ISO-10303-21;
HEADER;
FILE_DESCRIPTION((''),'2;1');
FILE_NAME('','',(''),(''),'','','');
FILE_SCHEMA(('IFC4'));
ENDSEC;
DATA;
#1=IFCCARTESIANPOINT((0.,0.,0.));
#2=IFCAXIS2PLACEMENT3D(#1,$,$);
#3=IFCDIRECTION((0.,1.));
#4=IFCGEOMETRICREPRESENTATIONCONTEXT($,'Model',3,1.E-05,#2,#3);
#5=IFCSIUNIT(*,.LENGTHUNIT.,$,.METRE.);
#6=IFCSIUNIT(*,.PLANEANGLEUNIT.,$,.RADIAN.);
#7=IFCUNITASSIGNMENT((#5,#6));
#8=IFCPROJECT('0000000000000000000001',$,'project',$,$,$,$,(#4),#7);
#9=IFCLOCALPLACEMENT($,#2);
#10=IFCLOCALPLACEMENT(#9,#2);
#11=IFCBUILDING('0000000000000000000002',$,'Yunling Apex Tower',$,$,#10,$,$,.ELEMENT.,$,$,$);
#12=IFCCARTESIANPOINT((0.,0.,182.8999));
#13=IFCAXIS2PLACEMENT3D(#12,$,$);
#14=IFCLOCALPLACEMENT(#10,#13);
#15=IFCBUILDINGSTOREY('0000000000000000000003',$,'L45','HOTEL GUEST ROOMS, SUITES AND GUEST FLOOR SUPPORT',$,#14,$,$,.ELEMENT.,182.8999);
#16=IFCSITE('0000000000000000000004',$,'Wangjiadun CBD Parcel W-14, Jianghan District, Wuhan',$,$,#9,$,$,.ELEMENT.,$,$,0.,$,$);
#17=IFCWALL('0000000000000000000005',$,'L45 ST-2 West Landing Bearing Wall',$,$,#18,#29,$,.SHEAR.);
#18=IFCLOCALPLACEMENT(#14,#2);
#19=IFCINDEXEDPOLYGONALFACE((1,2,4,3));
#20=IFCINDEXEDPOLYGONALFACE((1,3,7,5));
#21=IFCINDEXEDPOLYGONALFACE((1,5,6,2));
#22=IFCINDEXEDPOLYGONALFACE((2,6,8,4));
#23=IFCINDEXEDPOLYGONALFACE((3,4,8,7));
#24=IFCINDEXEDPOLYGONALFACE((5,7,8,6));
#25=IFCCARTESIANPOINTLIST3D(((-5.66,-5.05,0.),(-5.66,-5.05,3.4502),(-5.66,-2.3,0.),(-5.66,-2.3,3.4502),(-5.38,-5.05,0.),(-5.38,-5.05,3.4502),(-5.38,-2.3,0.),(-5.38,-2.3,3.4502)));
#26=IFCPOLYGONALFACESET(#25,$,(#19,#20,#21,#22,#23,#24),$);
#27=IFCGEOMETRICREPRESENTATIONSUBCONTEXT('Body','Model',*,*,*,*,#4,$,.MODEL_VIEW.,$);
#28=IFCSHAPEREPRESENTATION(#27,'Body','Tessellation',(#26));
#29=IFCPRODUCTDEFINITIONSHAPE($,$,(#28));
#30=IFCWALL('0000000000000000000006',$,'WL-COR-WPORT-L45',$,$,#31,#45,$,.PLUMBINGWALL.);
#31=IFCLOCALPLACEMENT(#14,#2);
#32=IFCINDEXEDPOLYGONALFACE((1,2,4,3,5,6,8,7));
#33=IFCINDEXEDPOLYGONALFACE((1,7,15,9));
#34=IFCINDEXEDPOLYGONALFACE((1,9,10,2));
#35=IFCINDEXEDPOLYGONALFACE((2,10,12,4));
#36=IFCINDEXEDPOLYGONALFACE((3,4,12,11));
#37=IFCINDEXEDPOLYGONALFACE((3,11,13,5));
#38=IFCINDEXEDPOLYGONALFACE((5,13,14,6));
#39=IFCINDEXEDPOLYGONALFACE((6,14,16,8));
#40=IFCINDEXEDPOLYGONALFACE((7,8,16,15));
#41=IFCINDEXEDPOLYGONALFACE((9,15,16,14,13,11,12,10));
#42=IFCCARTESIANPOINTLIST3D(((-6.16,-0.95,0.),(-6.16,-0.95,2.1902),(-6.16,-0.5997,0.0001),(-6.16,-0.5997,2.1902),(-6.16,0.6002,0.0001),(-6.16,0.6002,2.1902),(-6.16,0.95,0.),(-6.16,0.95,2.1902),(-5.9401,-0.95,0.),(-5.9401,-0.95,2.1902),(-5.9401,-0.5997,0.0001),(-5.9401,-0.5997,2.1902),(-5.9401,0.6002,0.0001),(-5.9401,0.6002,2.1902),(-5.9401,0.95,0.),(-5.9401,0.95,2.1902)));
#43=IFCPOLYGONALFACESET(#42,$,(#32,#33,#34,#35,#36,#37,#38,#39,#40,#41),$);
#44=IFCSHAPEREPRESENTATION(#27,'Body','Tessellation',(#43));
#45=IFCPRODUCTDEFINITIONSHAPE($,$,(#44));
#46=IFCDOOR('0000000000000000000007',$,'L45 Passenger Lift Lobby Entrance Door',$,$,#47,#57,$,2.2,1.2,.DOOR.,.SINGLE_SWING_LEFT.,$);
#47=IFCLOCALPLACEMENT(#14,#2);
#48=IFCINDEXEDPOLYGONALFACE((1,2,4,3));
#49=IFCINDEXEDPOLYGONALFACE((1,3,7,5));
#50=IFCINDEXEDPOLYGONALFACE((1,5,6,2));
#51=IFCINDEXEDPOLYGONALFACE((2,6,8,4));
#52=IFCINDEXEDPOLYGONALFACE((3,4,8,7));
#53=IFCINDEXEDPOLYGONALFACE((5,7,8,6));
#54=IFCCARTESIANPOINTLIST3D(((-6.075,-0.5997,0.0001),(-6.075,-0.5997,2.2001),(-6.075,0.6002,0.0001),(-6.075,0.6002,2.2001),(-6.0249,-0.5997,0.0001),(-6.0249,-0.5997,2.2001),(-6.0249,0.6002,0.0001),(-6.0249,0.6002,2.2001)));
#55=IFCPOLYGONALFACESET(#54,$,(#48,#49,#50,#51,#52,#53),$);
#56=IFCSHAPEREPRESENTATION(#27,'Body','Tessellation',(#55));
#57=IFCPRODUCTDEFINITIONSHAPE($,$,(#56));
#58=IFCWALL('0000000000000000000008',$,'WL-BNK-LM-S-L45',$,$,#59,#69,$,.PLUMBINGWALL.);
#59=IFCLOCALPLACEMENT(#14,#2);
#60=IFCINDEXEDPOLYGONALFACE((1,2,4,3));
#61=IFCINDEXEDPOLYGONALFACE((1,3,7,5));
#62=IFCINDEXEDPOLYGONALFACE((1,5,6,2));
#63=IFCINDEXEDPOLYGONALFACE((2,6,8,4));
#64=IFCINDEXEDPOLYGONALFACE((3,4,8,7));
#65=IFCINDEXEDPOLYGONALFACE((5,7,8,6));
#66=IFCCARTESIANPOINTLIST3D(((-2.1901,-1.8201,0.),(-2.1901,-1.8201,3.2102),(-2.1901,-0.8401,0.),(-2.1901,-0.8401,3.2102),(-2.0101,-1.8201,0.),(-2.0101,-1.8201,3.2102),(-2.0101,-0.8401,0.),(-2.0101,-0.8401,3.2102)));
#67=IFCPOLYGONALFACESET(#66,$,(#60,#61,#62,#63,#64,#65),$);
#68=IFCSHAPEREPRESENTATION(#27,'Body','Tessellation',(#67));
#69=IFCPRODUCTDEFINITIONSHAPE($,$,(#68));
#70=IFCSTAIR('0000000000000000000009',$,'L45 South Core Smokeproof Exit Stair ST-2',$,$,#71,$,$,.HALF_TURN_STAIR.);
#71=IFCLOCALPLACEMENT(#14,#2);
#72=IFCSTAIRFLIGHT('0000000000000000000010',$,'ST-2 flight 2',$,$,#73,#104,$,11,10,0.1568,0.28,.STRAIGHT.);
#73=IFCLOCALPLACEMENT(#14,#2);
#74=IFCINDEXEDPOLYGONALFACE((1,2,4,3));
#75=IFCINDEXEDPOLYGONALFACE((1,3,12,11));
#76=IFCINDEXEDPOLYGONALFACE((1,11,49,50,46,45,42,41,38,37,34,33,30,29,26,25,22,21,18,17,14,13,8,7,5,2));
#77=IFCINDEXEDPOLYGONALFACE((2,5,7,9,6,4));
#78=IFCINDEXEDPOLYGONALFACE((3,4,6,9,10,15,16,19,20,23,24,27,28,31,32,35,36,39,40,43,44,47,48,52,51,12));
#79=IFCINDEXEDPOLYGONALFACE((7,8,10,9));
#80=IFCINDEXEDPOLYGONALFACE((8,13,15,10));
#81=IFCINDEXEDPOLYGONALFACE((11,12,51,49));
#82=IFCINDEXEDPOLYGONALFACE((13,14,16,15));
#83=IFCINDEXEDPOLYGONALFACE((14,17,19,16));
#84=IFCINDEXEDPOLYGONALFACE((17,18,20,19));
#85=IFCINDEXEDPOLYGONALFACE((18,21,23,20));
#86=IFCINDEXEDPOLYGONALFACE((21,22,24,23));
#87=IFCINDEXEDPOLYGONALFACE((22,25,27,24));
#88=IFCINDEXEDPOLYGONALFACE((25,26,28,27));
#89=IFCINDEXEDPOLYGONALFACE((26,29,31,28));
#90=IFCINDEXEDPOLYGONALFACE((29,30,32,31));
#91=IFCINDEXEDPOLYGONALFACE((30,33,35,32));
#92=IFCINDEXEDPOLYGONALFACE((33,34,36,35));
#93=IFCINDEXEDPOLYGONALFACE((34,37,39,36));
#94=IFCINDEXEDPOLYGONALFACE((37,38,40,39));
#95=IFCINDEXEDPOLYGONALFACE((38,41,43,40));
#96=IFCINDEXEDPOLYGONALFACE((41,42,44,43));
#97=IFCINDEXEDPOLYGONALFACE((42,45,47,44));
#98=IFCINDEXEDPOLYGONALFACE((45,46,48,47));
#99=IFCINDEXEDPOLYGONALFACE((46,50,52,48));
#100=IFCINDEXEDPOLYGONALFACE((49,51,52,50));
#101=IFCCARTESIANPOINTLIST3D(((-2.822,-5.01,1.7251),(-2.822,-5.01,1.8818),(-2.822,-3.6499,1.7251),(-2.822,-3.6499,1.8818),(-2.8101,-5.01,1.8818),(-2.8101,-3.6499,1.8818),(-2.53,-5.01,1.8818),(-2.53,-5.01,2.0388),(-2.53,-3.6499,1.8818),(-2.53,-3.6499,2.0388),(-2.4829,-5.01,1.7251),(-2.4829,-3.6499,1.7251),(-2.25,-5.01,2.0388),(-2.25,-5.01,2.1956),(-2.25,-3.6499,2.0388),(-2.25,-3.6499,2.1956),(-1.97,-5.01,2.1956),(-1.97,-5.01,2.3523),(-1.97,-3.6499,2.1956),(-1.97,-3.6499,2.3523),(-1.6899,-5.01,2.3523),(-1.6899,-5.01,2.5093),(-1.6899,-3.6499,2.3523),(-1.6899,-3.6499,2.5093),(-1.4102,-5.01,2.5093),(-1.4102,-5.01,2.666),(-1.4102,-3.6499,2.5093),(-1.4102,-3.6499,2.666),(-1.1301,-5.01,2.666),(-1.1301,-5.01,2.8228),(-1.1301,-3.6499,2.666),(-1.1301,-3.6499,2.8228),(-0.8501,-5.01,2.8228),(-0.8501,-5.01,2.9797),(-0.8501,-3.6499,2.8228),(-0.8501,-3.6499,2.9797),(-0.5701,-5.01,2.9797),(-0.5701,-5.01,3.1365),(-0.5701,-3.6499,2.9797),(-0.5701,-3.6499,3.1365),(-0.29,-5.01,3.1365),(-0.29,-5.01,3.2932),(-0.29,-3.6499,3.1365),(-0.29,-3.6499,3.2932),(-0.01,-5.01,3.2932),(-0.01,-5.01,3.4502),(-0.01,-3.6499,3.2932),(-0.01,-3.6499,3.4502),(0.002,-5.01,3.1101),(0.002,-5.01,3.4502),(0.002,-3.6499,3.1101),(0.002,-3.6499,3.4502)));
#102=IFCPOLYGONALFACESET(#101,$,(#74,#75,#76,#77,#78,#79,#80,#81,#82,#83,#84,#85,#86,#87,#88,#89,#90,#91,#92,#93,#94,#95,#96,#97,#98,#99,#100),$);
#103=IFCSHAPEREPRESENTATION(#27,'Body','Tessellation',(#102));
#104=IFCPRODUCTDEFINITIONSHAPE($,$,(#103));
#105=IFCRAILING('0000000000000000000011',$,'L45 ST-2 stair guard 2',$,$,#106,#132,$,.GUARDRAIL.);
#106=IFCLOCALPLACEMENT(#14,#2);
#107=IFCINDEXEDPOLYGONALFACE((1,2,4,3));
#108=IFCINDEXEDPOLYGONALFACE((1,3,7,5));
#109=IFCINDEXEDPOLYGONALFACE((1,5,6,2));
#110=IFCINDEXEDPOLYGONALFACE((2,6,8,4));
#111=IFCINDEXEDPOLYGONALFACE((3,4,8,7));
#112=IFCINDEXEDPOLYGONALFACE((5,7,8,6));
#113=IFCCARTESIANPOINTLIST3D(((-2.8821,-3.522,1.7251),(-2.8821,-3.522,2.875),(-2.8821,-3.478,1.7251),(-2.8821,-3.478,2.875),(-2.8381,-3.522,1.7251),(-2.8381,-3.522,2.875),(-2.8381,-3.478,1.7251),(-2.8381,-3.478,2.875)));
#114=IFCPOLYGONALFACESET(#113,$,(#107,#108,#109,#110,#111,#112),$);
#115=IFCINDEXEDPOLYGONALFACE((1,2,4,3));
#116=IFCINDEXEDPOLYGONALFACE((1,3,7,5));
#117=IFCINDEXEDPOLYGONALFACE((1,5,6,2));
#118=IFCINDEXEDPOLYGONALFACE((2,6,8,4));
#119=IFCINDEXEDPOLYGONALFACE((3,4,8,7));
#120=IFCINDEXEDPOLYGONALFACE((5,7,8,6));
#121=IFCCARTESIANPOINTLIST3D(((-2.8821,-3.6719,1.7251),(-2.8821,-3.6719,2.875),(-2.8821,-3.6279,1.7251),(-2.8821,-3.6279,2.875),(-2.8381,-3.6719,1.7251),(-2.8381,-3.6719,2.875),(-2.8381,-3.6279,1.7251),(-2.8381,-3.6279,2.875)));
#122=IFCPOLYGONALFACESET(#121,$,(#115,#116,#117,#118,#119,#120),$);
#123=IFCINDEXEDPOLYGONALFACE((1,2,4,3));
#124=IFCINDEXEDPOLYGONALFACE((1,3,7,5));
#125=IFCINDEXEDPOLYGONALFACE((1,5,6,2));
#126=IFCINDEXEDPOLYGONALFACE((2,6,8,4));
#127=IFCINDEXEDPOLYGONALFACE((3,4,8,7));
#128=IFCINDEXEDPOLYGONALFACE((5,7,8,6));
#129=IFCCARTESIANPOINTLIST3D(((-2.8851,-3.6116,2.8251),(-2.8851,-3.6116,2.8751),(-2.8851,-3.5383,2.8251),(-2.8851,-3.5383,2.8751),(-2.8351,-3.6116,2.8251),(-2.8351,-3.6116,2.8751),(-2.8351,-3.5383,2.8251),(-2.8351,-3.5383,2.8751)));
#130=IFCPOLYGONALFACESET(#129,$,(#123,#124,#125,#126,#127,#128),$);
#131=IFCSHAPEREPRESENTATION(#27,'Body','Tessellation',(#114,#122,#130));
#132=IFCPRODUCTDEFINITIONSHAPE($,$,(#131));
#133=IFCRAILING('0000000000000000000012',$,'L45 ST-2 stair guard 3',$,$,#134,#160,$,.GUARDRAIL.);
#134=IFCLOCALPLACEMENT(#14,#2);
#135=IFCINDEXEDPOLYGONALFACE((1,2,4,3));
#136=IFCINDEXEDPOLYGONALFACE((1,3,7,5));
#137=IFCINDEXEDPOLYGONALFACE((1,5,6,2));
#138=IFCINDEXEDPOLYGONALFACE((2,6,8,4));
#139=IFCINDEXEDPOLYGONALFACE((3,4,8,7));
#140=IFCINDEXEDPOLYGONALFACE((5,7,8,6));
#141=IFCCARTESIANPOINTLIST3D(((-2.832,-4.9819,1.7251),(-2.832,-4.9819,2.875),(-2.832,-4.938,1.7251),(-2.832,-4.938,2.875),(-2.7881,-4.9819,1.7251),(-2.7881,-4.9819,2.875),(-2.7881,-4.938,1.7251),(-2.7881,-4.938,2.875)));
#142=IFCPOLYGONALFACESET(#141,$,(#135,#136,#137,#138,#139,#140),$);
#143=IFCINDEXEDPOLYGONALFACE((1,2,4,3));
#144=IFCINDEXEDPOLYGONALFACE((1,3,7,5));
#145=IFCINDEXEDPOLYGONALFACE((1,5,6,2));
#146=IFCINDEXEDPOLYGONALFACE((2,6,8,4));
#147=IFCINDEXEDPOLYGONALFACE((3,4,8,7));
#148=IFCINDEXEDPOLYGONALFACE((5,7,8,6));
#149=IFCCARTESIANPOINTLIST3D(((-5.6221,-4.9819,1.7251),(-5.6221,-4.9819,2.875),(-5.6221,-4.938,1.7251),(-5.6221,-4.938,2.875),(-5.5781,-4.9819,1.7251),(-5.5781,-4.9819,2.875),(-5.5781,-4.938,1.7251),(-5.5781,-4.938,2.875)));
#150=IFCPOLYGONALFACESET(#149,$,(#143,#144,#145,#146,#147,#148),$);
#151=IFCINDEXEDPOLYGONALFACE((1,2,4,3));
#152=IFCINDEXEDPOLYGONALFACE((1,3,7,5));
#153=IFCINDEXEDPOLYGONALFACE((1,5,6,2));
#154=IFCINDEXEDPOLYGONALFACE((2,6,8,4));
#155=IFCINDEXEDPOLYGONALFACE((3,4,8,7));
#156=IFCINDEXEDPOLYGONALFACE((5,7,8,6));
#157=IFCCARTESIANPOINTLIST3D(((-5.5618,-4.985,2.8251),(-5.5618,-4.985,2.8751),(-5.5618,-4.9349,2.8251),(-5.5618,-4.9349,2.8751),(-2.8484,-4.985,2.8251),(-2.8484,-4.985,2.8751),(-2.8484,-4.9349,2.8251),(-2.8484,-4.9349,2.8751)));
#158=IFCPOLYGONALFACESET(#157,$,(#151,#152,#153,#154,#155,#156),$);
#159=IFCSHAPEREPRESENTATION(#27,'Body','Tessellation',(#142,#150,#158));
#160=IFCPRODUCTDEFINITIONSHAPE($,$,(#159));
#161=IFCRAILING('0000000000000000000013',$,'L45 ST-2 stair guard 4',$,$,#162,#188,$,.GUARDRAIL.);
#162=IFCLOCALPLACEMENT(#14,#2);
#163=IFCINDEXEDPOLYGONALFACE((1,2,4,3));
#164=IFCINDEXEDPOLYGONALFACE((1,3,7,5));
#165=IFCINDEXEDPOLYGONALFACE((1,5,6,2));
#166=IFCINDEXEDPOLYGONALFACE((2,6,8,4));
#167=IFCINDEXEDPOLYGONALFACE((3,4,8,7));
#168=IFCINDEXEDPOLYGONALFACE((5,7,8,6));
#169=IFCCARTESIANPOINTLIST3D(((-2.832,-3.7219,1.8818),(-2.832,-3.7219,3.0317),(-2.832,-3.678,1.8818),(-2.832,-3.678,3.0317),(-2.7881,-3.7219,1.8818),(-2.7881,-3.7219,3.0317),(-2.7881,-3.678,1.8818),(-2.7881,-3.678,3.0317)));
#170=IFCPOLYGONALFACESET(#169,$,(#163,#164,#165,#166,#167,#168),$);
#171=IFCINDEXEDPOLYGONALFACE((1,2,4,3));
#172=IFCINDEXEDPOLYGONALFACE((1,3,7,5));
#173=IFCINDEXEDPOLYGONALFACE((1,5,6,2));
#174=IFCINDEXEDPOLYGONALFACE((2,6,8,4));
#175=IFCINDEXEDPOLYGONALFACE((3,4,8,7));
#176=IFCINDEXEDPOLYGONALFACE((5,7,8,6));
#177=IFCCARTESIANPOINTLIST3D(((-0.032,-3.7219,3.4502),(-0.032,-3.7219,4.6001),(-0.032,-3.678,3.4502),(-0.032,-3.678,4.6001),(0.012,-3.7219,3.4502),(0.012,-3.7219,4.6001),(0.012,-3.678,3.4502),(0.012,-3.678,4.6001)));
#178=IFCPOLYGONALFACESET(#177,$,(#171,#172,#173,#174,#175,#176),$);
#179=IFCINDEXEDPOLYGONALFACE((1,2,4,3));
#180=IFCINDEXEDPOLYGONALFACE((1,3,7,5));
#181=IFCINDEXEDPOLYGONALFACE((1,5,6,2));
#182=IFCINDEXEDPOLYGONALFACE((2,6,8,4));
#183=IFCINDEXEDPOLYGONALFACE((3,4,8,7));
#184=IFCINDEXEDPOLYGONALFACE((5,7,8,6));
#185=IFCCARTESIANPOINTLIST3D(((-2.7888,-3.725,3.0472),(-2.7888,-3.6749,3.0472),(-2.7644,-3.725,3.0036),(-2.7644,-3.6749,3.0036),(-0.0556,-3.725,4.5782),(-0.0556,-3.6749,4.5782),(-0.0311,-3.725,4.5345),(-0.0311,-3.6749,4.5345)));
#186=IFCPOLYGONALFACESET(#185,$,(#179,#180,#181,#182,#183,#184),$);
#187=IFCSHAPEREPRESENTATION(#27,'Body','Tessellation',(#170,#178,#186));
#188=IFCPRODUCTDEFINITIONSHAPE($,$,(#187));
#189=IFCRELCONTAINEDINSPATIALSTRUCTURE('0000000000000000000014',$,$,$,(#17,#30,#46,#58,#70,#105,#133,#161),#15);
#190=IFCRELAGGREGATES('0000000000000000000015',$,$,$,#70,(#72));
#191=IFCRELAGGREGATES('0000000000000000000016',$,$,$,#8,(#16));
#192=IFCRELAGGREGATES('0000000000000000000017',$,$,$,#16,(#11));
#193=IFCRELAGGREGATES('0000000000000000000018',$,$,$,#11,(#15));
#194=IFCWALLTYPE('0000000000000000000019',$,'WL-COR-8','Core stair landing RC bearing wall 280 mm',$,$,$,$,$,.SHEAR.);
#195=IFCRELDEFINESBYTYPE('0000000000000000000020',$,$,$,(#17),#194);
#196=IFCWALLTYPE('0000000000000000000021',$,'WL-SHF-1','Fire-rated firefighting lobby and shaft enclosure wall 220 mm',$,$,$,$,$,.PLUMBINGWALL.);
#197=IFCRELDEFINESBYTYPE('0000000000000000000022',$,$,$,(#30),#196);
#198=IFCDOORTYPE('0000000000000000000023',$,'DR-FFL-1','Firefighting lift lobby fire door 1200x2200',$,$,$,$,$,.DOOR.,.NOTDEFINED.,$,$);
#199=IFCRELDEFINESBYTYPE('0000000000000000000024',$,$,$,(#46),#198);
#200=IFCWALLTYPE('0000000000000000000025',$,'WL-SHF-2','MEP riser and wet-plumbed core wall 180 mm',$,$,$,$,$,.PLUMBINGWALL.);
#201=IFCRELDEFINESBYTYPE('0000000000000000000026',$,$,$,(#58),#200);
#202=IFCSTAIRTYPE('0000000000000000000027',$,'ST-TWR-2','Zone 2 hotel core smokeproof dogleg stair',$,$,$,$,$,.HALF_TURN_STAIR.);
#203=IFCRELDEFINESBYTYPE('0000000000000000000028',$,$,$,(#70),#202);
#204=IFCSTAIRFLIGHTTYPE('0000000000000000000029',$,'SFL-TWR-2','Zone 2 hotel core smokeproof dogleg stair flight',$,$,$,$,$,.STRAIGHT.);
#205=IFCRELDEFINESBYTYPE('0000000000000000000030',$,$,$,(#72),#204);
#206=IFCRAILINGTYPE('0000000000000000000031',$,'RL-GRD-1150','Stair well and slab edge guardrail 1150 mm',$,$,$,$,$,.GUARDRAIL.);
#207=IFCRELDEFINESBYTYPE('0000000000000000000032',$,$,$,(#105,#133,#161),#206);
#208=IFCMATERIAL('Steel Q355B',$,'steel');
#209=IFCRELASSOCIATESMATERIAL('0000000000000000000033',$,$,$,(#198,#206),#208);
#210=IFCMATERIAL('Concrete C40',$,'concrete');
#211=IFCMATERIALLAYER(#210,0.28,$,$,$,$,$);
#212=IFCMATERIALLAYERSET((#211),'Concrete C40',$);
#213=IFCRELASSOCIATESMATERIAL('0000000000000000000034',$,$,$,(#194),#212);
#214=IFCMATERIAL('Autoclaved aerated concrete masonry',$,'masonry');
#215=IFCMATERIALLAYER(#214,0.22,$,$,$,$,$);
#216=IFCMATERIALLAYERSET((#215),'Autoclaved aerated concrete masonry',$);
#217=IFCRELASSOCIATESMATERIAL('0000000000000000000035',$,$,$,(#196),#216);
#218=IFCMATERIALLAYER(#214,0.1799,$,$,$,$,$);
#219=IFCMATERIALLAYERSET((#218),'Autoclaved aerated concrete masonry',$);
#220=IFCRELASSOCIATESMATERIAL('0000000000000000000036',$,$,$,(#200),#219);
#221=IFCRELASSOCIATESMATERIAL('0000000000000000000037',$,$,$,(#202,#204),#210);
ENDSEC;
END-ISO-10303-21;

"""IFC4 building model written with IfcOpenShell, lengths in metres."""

from ifc_helpers import new_model, si_unit, direction, frame, frame_2d, origin, origin_2d, place, context, subcontext, project, spatial, polyline, rectangle, outline, extrude, material, layer, layer_set, type_object, element, fill, aggregate, save


model = new_model("IFC4")

# Units and contexts
model_context = context("Model", 3, precision=1e-05, world=origin(), true_north=direction((0.0, 1.0)))
body_context = subcontext(model_context, "Body", "Model", "MODEL_VIEW")
ifc_project = project(units=[si_unit("LENGTHUNIT", "METRE"), si_unit("PLANEANGLEUNIT", "RADIAN")], contexts=[model_context])

# Site, building, storey
site_placement = place(None, origin())
site = spatial("IfcSite", under=ifc_project, at=site_placement, Name="Wangjiadun CBD Parcel W-14, Jianghan District, Wuhan", CompositionType="ELEMENT", RefElevation=0.0)
building_placement = place(site_placement, origin())
building = spatial("IfcBuilding", under=site, at=building_placement, Name="Yunling Apex Tower", CompositionType="ELEMENT")
storey_placement = place(building_placement, frame((0.0, 0.0, 182.8999)))
storey = spatial("IfcBuildingStorey", under=building, at=storey_placement, Name="L45", Description="HOTEL GUEST ROOMS, SUITES AND GUEST FLOOR SUPPORT", CompositionType="ELEMENT", Elevation=182.8999)

# Shared definitions
ifc_material_1 = material(Name="Steel Q355B", Category="steel")

# Shared definitions
door_type = type_object("IfcDoorType", Name="DR-FFL-1", Description="Firefighting lift lobby fire door 1200x2200", OperationType="NOTDEFINED", PredefinedType="DOOR", material=ifc_material_1)

# Wall
ifc_material_2 = material(Name="Concrete C40", Category="concrete")
ifc_layer_1 = layer(ifc_material_2, 0.28)
ifc_layer_set_1 = layer_set([ifc_layer_1], Name="Concrete C40")
wall_type_1 = type_object("IfcWallType", Name="WL-COR-8", Description="Core stair landing RC bearing wall 280 mm", PredefinedType="SHEAR", material=ifc_layer_set_1)
wall_1_placement = place(storey_placement, frame((-5.52, -5.05, 0.0), z_axis=(0.0, 0.0, 1.0), x_axis=(0.0, 1.0, 0.0)))
element("IfcWall", 1, at=wall_1_placement, inside=storey, type_object=wall_type_1, Name="L45 ST-2 West Landing Bearing Wall", PredefinedType="SHEAR", context=body_context, shape_type="SweptSolid", body=[
    extrude(rectangle(XDim=2.75, YDim=0.28, at=frame_2d((1.375, 0.0))), origin(), (0.0, 0.0, 1.0), 3.4502),
])

# Wall, opening, door
ifc_material_3 = material(Name="Autoclaved aerated concrete masonry", Category="masonry")
ifc_layer_2 = layer(ifc_material_3, 0.22)
ifc_layer_set_2 = layer_set([ifc_layer_2], Name="Autoclaved aerated concrete masonry")
wall_type_2 = type_object("IfcWallType", Name="WL-SHF-1", Description="Fire-rated firefighting lobby and shaft enclosure wall 220 mm", PredefinedType="PLUMBINGWALL", material=ifc_layer_set_2)
wall_2_placement = place(storey_placement, frame((-6.05, -0.95, 0.0), z_axis=(0.0, 0.0, 1.0), x_axis=(0.0, 1.0, 0.0)))
wall_2 = element("IfcWall", 2, at=wall_2_placement, inside=storey, type_object=wall_type_2, Name="WL-COR-WPORT-L45", PredefinedType="PLUMBINGWALL", context=body_context, shape_type="SweptSolid", body=[
    extrude(rectangle(XDim=1.8999, YDim=0.22, at=frame_2d((0.95, 0.0))), origin(), (0.0, 0.0, 1.0), 2.1902),
])
opening_1_placement = place(wall_2_placement, frame((0.3501, 0.0, 0.0)))
opening_1 = element("IfcOpeningElement", 3, at=opening_1_placement, cuts=wall_2, PredefinedType="OPENING", context=body_context, shape_type="SweptSolid", body=[
    extrude(rectangle(XDim=1.2, YDim=2.2, at=frame_2d((0.6001, 1.1001))), frame((0.0, 0.1201, 0.0), z_axis=(0.0, -1.0, 0.0), x_axis=(1.0, 0.0, 0.0)), (0.0, 0.0, 1.0), 0.24),
])
door_1_placement = place(opening_1_placement, origin())
door_1 = element("IfcDoor", 4, at=door_1_placement, inside=storey, type_object=door_type, Name="L45 Passenger Lift Lobby Entrance Door", OperationType="SINGLE_SWING_LEFT", OverallHeight=2.2, OverallWidth=1.2, PredefinedType="DOOR", context=body_context, shape_type="SweptSolid", body=[
    extrude(rectangle(XDim=1.2, YDim=2.2, at=frame_2d((0.6001, 1.1001))), frame((0.0, 0.0249, 0.0), z_axis=(0.0, -1.0, 0.0), x_axis=(1.0, 0.0, 0.0)), (0.0, 0.0, 1.0), 0.05),
])
fill(opening_1, door_1)

# Wall
ifc_layer_3 = layer(ifc_material_3, 0.1799)
ifc_layer_set_3 = layer_set([ifc_layer_3], Name="Autoclaved aerated concrete masonry")
wall_type_3 = type_object("IfcWallType", Name="WL-SHF-2", Description="MEP riser and wet-plumbed core wall 180 mm", PredefinedType="PLUMBINGWALL", material=ifc_layer_set_3)
wall_3_placement = place(storey_placement, frame((-2.1001, -1.8201, 0.0), z_axis=(0.0, 0.0, 1.0), x_axis=(0.0, 1.0, 0.0)))
element("IfcWall", 5, at=wall_3_placement, inside=storey, type_object=wall_type_3, Name="WL-BNK-LM-S-L45", PredefinedType="PLUMBINGWALL", context=body_context, shape_type="SweptSolid", body=[
    extrude(rectangle(XDim=0.98, YDim=0.1799, at=frame_2d((0.49, 0.0))), origin(), (0.0, 0.0, 1.0), 3.2102),
])

# Stair, stair flight
stair_type = type_object("IfcStairType", Name="ST-TWR-2", Description="Zone 2 hotel core smokeproof dogleg stair", PredefinedType="HALF_TURN_STAIR", material=ifc_material_2)
stair_placement = place(storey_placement, origin())
stair = element("IfcStair", 6, at=stair_placement, inside=storey, type_object=stair_type, Name="L45 South Core Smokeproof Exit Stair ST-2", PredefinedType="HALF_TURN_STAIR")
stair_flight_type = type_object("IfcStairFlightType", Name="SFL-TWR-2", Description="Zone 2 hotel core smokeproof dogleg stair flight", PredefinedType="STRAIGHT", material=ifc_material_2)
stair_flight_placement = place(storey_placement, frame((-2.8101, -4.3301, 1.7251), z_axis=(0.0, 0.0, 1.0), x_axis=(1.0, 0.0, 0.0)))
stair_flight = element("IfcStairFlight", 7, at=stair_flight_placement, type_object=stair_flight_type, Name="ST-2 flight 2", NumberOfRisers=11, NumberOfTreads=10, PredefinedType="STRAIGHT", RiserHeight=0.1568, TreadLength=0.28, context=body_context, shape_type="SweptSolid", body=[
    extrude(outline(polyline([(-0.012, 0.0), (-0.012, 0.1567), (0.0, 0.1567), (0.28, 0.1567), (0.28, 0.3137), (0.5601, 0.3137), (0.5601, 0.4705), (0.8401, 0.4705), (0.8401, 0.6272), (1.1201, 0.6272), (1.1201, 0.7842), (1.3999, 0.7842), (1.3999, 0.9409), (1.6799, 0.9409), (1.6799, 1.0977), (1.96, 1.0977), (1.96, 1.2546), (2.24, 1.2546), (2.24, 1.4114), (2.52, 1.4114), (2.52, 1.5681), (2.8, 1.5681), (2.8, 1.7251), (2.812, 1.7251), (2.812, 1.385), (0.3271, 0.0), (-0.012, 0.0)])), frame((0.0, 0.6802, 0.0), z_axis=(0.0, -1.0, 0.0), x_axis=(1.0, 0.0, 0.0)), (0.0, 0.0, 1.0), 1.3601),
])
aggregate(stair, [stair_flight])

# Railings
railing_type_1 = type_object("IfcRailingType", Name="RL-GRD-1150", Description="Stair well and slab edge guardrail 1150 mm", PredefinedType="GUARDRAIL", material=ifc_material_1)
railing_1_placement = place(storey_placement, frame((-2.8601, -3.5, 1.7251)))
element("IfcRailing", 8, at=railing_1_placement, inside=storey, type_object=railing_type_1, Name="L45 ST-2 stair guard 2", PredefinedType="GUARDRAIL", context=body_context, shape_type="SweptSolid", body=[
    extrude(rectangle(XDim=0.0439, YDim=0.0439, at=origin_2d()), origin(), (0.0, 0.0, 1.0), 1.1499),
    extrude(rectangle(XDim=0.0439, YDim=0.0439, at=origin_2d()), frame((0.0, -0.1499, 0.0)), (0.0, 0.0, 1.0), 1.1499),
    extrude(rectangle(XDim=0.05, YDim=0.05, at=origin_2d()), frame((0.0, -0.0383, 1.125), z_axis=(0.0, -1.0, 0.0), x_axis=(1.0, 0.0, 0.0)), (0.0, 0.0, 1.0), 0.0732),
])
railing_2_placement = place(storey_placement, frame((-2.8101, -4.96, 1.7251)))
element("IfcRailing", 9, at=railing_2_placement, inside=storey, type_object=railing_type_1, Name="L45 ST-2 stair guard 3", PredefinedType="GUARDRAIL", context=body_context, shape_type="SweptSolid", body=[
    extrude(rectangle(XDim=0.0439, YDim=0.0439, at=origin_2d()), origin(), (0.0, 0.0, 1.0), 1.1499),
    extrude(rectangle(XDim=0.0439, YDim=0.0439, at=origin_2d()), frame((-2.79, 0.0, 0.0)), (0.0, 0.0, 1.0), 1.1499),
    extrude(rectangle(XDim=0.05, YDim=0.05, at=origin_2d()), frame((-0.0383, 0.0, 1.125), z_axis=(-1.0, 0.0, 0.0), x_axis=(0.0, -1.0, 0.0)), (0.0, 0.0, 1.0), 2.7134),
])
railing_3_placement = place(storey_placement, frame((-2.8101, -3.7, 1.8818)))
element("IfcRailing", 10, at=railing_3_placement, inside=storey, type_object=railing_type_1, Name="L45 ST-2 stair guard 4", PredefinedType="GUARDRAIL", context=body_context, shape_type="SweptSolid", body=[
    extrude(rectangle(XDim=0.0439, YDim=0.0439, at=origin_2d()), origin(), (0.0, 0.0, 1.0), 1.1499),
    extrude(rectangle(XDim=0.0439, YDim=0.0439, at=origin_2d()), frame((2.8, 0.0, 1.5684)), (0.0, 0.0, 1.0), 1.1499),
    extrude(rectangle(XDim=0.05, YDim=0.05, at=origin_2d()), frame((0.0334, 0.0, 1.1436), z_axis=(0.872462, 0.0, 0.488682), x_axis=(0.0, 1.0, 0.0)), (0.0, 0.0, 1.0), 3.1328),
])

save(model, "model.ifc")
